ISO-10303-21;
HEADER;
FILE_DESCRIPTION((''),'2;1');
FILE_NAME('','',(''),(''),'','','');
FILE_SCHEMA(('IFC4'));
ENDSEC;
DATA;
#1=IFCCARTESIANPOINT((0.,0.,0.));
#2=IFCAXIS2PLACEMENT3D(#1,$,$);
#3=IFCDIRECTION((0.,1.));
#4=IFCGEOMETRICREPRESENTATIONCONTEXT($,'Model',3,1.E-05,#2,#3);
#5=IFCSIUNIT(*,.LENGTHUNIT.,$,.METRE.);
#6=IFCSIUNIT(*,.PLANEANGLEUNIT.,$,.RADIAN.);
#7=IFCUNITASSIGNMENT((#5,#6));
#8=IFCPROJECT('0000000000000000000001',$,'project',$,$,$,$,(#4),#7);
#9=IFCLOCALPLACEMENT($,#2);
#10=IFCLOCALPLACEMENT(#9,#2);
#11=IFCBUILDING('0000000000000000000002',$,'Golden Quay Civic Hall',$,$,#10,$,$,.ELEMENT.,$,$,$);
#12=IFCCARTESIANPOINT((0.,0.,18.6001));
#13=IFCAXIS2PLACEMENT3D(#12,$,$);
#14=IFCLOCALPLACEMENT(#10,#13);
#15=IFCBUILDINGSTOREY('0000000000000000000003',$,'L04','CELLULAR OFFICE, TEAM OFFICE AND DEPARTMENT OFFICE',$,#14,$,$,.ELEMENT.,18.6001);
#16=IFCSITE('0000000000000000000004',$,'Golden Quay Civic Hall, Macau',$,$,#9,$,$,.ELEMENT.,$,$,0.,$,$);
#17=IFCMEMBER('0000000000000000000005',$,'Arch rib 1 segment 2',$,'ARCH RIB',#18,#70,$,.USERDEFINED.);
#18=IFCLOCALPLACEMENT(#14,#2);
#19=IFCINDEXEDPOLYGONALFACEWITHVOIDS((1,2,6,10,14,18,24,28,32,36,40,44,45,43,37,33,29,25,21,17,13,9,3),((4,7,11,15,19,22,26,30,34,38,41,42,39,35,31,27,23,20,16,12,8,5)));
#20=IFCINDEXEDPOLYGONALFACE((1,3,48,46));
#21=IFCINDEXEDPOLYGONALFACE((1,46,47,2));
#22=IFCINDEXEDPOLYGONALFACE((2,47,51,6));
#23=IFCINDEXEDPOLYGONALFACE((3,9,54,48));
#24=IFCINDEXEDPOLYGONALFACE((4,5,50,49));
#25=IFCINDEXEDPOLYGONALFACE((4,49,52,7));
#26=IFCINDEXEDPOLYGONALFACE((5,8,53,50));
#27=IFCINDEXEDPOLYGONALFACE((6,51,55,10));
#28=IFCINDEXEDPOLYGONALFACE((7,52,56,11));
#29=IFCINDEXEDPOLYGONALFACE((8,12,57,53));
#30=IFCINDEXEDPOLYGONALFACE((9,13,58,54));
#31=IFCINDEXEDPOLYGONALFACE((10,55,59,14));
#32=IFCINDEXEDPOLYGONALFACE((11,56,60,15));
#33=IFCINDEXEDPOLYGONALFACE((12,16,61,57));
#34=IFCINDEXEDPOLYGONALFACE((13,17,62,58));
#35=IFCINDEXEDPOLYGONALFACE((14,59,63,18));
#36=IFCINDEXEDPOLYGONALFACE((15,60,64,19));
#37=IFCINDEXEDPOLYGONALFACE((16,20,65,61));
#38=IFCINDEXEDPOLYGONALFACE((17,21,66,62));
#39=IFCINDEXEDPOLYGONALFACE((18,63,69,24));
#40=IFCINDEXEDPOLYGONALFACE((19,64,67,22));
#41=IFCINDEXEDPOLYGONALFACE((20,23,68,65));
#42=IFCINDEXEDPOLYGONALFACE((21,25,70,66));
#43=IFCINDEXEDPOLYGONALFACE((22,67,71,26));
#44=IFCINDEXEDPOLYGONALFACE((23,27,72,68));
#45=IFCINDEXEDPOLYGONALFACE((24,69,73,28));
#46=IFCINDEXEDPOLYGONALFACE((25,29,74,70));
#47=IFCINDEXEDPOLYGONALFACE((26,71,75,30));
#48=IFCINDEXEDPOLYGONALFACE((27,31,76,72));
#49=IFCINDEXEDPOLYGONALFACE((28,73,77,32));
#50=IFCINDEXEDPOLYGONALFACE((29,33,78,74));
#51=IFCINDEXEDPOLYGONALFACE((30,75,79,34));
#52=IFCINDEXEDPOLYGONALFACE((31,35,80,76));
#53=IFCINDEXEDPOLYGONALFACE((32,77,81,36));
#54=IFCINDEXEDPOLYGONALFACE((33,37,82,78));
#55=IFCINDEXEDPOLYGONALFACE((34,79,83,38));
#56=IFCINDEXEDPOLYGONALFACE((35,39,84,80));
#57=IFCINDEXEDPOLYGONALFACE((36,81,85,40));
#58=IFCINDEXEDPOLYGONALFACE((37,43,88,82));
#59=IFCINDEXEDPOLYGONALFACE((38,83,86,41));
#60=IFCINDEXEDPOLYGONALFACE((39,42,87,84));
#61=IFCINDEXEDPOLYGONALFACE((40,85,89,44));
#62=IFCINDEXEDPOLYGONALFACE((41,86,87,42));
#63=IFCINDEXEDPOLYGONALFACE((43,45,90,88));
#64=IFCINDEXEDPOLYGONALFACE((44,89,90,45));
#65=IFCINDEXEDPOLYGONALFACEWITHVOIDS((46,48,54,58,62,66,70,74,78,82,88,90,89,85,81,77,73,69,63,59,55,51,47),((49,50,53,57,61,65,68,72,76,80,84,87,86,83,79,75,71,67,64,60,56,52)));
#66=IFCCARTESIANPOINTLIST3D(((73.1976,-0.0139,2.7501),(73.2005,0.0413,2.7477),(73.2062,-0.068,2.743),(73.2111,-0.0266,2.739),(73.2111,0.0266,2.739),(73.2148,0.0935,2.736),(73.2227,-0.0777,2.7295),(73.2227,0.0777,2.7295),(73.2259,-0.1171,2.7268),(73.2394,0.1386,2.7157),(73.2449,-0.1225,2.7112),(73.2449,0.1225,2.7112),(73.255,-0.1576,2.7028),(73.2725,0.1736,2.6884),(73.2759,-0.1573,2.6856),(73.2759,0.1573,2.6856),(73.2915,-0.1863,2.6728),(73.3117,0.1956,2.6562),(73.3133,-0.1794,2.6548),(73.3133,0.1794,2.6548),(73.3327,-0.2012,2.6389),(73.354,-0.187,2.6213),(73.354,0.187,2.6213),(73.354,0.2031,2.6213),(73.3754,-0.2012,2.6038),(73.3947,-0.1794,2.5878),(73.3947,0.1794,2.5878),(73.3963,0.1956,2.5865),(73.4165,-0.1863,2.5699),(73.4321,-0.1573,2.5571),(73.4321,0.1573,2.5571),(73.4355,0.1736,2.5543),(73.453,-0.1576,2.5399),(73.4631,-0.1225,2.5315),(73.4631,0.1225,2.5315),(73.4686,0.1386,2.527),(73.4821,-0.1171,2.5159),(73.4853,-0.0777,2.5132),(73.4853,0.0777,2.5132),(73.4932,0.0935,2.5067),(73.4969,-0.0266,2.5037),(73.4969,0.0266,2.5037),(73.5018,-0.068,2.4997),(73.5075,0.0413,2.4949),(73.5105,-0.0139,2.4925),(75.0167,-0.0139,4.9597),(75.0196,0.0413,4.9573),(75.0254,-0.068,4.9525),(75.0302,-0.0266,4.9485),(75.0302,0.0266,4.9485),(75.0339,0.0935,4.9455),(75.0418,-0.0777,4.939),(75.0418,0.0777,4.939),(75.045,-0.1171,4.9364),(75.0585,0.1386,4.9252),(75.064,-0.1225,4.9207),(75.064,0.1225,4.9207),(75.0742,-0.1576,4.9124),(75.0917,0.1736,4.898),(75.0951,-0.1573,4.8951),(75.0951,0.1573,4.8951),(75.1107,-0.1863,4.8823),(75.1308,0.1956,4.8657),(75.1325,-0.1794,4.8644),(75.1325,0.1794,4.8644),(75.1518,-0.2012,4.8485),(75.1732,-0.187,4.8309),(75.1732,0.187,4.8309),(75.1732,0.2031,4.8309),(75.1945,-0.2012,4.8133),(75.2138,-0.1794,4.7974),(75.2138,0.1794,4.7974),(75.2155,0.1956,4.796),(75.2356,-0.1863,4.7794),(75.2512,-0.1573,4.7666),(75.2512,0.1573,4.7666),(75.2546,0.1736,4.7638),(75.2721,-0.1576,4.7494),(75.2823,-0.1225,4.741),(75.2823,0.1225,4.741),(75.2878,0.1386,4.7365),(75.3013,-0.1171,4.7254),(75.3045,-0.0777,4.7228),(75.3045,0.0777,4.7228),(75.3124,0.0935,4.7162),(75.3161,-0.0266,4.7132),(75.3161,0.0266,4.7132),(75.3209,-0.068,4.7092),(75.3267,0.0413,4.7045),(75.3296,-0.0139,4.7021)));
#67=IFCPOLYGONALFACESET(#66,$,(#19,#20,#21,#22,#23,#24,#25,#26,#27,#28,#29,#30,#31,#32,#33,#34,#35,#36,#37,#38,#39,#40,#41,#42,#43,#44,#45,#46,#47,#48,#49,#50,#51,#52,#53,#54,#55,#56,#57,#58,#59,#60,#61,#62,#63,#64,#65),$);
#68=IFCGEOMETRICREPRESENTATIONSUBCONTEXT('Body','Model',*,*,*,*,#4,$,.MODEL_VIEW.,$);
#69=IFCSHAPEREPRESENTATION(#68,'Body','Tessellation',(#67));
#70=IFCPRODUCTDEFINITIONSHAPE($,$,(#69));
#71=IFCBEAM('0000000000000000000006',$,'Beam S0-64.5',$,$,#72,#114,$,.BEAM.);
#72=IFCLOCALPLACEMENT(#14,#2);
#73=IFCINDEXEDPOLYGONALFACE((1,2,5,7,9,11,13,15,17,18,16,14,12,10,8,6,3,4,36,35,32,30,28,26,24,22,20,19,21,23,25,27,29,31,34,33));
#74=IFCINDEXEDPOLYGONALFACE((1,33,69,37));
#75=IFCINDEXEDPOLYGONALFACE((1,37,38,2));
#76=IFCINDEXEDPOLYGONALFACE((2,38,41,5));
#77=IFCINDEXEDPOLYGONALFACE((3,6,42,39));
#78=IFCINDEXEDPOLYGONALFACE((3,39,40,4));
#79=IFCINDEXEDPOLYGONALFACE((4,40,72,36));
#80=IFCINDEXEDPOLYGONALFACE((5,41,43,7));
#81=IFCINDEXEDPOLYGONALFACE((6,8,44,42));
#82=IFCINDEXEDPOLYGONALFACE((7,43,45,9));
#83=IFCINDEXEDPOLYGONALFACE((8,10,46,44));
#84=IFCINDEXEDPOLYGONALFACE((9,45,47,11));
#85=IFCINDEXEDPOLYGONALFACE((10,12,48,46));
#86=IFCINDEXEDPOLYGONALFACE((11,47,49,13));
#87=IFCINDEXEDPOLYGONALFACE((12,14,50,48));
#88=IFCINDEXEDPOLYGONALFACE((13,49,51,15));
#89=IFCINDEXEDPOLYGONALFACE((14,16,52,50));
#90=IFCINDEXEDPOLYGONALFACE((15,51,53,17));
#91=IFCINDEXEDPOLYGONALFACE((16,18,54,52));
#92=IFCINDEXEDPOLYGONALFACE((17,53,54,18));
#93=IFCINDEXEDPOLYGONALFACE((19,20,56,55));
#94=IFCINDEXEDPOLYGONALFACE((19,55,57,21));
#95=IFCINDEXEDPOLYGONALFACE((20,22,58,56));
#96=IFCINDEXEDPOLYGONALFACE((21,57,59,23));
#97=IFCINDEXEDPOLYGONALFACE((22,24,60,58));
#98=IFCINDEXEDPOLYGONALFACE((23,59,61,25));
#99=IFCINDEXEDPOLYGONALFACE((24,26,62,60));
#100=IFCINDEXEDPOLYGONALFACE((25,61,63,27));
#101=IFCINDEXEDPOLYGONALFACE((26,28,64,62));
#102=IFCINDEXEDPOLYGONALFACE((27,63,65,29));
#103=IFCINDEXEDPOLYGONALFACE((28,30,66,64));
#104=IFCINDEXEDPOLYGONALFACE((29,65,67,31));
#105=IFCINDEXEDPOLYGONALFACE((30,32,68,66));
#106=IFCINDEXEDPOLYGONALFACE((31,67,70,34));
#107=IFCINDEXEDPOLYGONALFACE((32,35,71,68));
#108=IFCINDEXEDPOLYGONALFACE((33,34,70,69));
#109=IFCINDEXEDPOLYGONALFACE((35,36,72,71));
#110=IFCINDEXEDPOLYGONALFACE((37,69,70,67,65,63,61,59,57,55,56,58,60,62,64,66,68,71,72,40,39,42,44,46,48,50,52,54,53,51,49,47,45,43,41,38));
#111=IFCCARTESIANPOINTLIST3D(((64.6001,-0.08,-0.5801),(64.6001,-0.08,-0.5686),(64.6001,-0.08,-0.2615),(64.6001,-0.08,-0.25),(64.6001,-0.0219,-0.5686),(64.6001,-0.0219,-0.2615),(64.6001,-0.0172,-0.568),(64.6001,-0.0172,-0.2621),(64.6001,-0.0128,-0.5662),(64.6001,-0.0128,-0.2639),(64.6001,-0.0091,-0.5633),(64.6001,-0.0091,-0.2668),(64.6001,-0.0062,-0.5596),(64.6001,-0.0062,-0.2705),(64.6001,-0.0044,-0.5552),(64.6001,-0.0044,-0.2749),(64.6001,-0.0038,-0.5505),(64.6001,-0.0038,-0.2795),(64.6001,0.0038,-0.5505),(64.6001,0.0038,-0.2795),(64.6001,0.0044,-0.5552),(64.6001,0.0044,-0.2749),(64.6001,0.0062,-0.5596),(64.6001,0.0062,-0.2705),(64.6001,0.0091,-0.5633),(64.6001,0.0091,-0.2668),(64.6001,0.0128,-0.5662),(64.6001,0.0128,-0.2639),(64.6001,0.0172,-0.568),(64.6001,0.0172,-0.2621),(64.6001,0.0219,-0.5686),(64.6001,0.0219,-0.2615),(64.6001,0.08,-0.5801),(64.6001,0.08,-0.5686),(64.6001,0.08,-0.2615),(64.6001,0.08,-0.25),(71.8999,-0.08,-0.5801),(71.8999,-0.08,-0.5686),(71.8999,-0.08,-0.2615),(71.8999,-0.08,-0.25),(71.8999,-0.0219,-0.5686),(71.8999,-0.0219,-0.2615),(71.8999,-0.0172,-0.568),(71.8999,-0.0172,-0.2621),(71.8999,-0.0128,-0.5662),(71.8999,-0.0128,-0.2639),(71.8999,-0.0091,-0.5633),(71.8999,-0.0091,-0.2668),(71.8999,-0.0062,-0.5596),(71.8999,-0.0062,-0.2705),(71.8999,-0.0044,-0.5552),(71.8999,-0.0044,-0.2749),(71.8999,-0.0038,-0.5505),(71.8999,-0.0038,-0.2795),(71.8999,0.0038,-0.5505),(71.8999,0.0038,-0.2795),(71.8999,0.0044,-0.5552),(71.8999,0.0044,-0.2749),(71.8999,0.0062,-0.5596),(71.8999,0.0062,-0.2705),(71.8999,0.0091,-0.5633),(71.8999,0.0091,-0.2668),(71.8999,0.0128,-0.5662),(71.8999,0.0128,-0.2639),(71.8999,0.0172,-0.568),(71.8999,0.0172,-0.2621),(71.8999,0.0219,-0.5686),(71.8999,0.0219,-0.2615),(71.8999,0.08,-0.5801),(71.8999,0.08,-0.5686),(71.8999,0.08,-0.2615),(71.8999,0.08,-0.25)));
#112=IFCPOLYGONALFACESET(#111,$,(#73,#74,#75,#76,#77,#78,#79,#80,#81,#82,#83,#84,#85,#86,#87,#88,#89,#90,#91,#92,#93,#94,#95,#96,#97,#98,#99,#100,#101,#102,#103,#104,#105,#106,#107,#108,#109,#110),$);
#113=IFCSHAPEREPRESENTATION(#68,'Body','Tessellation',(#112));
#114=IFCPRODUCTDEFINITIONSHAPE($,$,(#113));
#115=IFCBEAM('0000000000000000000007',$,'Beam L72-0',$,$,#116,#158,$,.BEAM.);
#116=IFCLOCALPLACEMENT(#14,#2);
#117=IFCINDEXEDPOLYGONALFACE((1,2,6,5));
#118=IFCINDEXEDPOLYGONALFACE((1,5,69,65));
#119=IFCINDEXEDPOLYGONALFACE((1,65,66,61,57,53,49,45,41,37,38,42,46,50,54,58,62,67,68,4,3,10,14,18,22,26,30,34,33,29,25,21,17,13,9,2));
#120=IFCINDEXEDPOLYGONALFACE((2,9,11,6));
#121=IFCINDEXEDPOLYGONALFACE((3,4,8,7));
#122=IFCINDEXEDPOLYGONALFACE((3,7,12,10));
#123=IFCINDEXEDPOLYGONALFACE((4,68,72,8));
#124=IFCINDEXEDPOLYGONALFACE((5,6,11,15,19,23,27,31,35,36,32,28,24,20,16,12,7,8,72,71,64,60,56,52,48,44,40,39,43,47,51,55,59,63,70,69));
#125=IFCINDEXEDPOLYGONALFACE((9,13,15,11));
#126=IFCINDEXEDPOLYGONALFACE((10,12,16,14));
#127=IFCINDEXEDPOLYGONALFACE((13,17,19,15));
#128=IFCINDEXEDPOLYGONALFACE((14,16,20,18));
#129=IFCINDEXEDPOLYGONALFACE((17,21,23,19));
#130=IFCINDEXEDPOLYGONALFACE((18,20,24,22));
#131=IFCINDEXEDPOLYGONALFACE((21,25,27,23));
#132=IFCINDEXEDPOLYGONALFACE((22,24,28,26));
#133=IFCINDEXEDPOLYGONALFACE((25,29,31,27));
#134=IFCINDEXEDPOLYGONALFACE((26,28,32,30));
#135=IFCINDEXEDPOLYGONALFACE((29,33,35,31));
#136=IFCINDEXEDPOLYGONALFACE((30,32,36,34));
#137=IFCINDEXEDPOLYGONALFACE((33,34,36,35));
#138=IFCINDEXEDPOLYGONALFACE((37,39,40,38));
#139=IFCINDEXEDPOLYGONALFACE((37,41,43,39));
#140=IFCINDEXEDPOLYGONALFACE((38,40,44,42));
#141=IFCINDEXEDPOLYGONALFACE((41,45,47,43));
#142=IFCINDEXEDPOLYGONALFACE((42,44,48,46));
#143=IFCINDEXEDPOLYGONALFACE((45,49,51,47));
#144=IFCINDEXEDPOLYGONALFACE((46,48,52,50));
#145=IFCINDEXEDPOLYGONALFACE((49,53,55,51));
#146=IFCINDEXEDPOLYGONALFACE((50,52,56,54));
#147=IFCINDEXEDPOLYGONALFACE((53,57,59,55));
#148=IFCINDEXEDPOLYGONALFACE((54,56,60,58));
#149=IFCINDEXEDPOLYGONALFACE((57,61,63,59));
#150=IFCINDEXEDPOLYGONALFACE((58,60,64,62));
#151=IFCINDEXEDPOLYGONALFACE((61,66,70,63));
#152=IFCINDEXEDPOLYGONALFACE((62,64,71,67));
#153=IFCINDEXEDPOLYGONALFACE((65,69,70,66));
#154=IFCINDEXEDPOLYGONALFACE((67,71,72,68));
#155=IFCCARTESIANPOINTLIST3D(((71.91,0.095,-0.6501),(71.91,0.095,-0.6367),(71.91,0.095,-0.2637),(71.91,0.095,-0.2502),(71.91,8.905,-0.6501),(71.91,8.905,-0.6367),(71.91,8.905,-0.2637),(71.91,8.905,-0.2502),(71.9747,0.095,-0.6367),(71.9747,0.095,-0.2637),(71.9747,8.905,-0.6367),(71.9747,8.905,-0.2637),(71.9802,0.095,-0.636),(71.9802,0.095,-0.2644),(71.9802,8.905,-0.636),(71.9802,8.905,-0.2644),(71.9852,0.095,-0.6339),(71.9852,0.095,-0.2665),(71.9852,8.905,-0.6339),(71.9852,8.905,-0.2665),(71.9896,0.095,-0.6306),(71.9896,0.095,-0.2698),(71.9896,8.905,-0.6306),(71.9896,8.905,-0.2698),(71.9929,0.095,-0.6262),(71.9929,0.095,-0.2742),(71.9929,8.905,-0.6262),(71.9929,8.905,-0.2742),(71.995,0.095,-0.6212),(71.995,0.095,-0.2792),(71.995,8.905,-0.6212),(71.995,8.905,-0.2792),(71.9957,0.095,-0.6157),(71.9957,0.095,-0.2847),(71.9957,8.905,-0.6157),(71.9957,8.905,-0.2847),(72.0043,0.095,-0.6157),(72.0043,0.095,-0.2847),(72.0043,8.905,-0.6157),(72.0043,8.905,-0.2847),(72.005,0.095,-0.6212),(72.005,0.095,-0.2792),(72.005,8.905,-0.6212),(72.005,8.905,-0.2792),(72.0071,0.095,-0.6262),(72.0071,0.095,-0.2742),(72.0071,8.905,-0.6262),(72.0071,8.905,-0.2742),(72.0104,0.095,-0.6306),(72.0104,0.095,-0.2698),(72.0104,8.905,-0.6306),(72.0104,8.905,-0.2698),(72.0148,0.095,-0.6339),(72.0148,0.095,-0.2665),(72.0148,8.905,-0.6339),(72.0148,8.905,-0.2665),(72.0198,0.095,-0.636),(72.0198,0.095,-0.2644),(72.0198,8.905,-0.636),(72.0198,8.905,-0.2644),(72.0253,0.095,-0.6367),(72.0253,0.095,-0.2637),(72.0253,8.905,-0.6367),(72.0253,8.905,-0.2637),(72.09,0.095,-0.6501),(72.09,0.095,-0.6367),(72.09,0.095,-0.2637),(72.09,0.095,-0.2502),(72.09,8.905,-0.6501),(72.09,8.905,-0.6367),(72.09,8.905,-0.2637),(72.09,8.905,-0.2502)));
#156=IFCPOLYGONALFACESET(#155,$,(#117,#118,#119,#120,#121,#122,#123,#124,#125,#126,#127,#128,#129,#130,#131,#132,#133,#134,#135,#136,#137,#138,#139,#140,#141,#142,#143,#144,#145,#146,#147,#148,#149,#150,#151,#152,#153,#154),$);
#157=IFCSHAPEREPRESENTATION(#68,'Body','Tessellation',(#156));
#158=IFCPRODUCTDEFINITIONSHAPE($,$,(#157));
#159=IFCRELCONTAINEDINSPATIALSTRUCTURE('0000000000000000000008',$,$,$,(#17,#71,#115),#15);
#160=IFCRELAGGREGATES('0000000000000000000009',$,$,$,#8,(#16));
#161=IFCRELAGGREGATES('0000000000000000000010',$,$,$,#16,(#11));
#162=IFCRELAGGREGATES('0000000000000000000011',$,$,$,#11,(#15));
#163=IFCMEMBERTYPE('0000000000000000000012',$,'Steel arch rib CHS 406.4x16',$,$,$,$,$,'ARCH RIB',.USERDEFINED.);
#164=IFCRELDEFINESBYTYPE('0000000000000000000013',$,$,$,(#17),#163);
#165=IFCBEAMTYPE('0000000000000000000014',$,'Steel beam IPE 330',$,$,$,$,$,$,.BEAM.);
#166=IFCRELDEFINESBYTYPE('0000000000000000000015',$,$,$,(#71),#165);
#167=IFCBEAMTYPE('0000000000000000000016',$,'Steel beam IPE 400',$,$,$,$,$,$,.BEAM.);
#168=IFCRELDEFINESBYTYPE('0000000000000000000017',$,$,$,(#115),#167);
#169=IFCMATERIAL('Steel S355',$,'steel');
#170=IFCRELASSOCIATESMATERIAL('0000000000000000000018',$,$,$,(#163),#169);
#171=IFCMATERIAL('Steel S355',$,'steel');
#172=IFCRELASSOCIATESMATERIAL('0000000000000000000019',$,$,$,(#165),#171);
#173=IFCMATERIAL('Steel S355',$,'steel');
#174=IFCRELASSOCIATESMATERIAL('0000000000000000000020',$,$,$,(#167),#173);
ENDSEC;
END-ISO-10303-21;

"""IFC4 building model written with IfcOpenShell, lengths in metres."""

from ifc_helpers import new_model, si_unit, direction, frame, origin, origin_2d, place, context, subcontext, project, spatial, hollow_circle, i_section, extrude, material, material_profile, profile_set, type_object, element, save


model = new_model("IFC4")

# Units and contexts
model_context = context("Model", 3, precision=1e-05, world=origin(), true_north=direction((0.0, 1.0)))
body_context = subcontext(model_context, "Body", "Model", "MODEL_VIEW")
ifc_project = project(units=[si_unit("LENGTHUNIT", "METRE"), si_unit("PLANEANGLEUNIT", "RADIAN")], contexts=[model_context])

# Site, building, storey
site_placement = place(None, origin())
site = spatial("IfcSite", under=ifc_project, at=site_placement, Name="Golden Quay Civic Hall, Macau", CompositionType="ELEMENT", RefElevation=0.0)
building_placement = place(site_placement, origin())
building = spatial("IfcBuilding", under=site, at=building_placement, Name="Golden Quay Civic Hall", CompositionType="ELEMENT")
storey_placement = place(building_placement, frame((0.0, 0.0, 18.6001)))
storey = spatial("IfcBuildingStorey", under=building, at=storey_placement, Name="L04", Description="CELLULAR OFFICE, TEAM OFFICE AND DEPARTMENT OFFICE", CompositionType="ELEMENT", Elevation=18.6001)

# Member
ifc_material_1 = material(Name="Steel S355", Category="steel")
ifc_material_profile_1 = material_profile(ifc_material_1, hollow_circle(Radius=0.2031, WallThickness=0.0161, at=origin_2d()), Name="CHS 406.4x16")
ifc_profile_set_1 = profile_set([ifc_material_profile_1], Name="Steel S355")
member_type_1 = type_object("IfcMemberType", Name="Steel arch rib CHS 406.4x16", ElementType="ARCH RIB", PredefinedType="USERDEFINED", material=ifc_profile_set_1)
for number, where, z_axis, x_axis, name in (
    (1, (73.354, 0.0, 2.6213), (0.635609, 0.0, 0.772011), (0.0, 1.0, 0.0), "Arch rib 1 segment 2"),
):
    element("IfcMember", number, at=place(storey_placement, frame(where, z_axis=z_axis, x_axis=x_axis)), inside=storey, type_object=member_type_1, Name=name, ObjectType="ARCH RIB", PredefinedType="USERDEFINED", context=body_context, shape_type="SweptSolid", body=[
        extrude(hollow_circle(Radius=0.2031, WallThickness=0.0161, at=origin_2d()), origin(), (0.0, 0.0, 1.0), 2.8621),
    ])

# Beams
ifc_material_2 = material(Name="Steel S355", Category="steel")
ifc_material_profile_2 = material_profile(ifc_material_2, i_section(OverallWidth=0.1599, OverallDepth=0.3301, WebThickness=0.0076, FlangeThickness=0.0115, FilletRadius=0.0181, at=origin_2d()), Name="IPE 330")
ifc_profile_set_2 = profile_set([ifc_material_profile_2], Name="Steel S355")
beam_type_1 = type_object("IfcBeamType", Name="Steel beam IPE 330", PredefinedType="BEAM", material=ifc_profile_set_2)
beam_1_placement = place(storey_placement, frame((64.6001, 0.0, -0.415), z_axis=(1.0, 0.0, 0.0), x_axis=(0.0, 1.0, 0.0)))
element("IfcBeam", 2, at=beam_1_placement, inside=storey, type_object=beam_type_1, Name="Beam S0-64.5", PredefinedType="BEAM", context=body_context, shape_type="SweptSolid", body=[
    extrude(i_section(OverallWidth=0.1599, OverallDepth=0.3301, WebThickness=0.0076, FlangeThickness=0.0115, FilletRadius=0.0181, at=origin_2d()), origin(), (0.0, 0.0, 1.0), 7.2998),
])
ifc_material_3 = material(Name="Steel S355", Category="steel")
ifc_material_profile_3 = material_profile(ifc_material_3, i_section(OverallWidth=0.1799, OverallDepth=0.3999, WebThickness=0.0085, FlangeThickness=0.0134, FilletRadius=0.021, at=origin_2d()), Name="IPE 400")
ifc_profile_set_3 = profile_set([ifc_material_profile_3], Name="Steel S355")
beam_type_2 = type_object("IfcBeamType", Name="Steel beam IPE 400", PredefinedType="BEAM", material=ifc_profile_set_3)
beam_2_placement = place(storey_placement, frame((72.0, 0.095, -0.4502), z_axis=(0.0, 1.0, 0.0), x_axis=(-1.0, 0.0, 0.0)))
element("IfcBeam", 3, at=beam_2_placement, inside=storey, type_object=beam_type_2, Name="Beam L72-0", PredefinedType="BEAM", context=body_context, shape_type="SweptSolid", body=[
    extrude(i_section(OverallWidth=0.1799, OverallDepth=0.3999, WebThickness=0.0085, FlangeThickness=0.0134, FilletRadius=0.021, at=origin_2d()), origin(), (0.0, 0.0, 1.0), 8.8101),
])

save(model, "model.ifc")
